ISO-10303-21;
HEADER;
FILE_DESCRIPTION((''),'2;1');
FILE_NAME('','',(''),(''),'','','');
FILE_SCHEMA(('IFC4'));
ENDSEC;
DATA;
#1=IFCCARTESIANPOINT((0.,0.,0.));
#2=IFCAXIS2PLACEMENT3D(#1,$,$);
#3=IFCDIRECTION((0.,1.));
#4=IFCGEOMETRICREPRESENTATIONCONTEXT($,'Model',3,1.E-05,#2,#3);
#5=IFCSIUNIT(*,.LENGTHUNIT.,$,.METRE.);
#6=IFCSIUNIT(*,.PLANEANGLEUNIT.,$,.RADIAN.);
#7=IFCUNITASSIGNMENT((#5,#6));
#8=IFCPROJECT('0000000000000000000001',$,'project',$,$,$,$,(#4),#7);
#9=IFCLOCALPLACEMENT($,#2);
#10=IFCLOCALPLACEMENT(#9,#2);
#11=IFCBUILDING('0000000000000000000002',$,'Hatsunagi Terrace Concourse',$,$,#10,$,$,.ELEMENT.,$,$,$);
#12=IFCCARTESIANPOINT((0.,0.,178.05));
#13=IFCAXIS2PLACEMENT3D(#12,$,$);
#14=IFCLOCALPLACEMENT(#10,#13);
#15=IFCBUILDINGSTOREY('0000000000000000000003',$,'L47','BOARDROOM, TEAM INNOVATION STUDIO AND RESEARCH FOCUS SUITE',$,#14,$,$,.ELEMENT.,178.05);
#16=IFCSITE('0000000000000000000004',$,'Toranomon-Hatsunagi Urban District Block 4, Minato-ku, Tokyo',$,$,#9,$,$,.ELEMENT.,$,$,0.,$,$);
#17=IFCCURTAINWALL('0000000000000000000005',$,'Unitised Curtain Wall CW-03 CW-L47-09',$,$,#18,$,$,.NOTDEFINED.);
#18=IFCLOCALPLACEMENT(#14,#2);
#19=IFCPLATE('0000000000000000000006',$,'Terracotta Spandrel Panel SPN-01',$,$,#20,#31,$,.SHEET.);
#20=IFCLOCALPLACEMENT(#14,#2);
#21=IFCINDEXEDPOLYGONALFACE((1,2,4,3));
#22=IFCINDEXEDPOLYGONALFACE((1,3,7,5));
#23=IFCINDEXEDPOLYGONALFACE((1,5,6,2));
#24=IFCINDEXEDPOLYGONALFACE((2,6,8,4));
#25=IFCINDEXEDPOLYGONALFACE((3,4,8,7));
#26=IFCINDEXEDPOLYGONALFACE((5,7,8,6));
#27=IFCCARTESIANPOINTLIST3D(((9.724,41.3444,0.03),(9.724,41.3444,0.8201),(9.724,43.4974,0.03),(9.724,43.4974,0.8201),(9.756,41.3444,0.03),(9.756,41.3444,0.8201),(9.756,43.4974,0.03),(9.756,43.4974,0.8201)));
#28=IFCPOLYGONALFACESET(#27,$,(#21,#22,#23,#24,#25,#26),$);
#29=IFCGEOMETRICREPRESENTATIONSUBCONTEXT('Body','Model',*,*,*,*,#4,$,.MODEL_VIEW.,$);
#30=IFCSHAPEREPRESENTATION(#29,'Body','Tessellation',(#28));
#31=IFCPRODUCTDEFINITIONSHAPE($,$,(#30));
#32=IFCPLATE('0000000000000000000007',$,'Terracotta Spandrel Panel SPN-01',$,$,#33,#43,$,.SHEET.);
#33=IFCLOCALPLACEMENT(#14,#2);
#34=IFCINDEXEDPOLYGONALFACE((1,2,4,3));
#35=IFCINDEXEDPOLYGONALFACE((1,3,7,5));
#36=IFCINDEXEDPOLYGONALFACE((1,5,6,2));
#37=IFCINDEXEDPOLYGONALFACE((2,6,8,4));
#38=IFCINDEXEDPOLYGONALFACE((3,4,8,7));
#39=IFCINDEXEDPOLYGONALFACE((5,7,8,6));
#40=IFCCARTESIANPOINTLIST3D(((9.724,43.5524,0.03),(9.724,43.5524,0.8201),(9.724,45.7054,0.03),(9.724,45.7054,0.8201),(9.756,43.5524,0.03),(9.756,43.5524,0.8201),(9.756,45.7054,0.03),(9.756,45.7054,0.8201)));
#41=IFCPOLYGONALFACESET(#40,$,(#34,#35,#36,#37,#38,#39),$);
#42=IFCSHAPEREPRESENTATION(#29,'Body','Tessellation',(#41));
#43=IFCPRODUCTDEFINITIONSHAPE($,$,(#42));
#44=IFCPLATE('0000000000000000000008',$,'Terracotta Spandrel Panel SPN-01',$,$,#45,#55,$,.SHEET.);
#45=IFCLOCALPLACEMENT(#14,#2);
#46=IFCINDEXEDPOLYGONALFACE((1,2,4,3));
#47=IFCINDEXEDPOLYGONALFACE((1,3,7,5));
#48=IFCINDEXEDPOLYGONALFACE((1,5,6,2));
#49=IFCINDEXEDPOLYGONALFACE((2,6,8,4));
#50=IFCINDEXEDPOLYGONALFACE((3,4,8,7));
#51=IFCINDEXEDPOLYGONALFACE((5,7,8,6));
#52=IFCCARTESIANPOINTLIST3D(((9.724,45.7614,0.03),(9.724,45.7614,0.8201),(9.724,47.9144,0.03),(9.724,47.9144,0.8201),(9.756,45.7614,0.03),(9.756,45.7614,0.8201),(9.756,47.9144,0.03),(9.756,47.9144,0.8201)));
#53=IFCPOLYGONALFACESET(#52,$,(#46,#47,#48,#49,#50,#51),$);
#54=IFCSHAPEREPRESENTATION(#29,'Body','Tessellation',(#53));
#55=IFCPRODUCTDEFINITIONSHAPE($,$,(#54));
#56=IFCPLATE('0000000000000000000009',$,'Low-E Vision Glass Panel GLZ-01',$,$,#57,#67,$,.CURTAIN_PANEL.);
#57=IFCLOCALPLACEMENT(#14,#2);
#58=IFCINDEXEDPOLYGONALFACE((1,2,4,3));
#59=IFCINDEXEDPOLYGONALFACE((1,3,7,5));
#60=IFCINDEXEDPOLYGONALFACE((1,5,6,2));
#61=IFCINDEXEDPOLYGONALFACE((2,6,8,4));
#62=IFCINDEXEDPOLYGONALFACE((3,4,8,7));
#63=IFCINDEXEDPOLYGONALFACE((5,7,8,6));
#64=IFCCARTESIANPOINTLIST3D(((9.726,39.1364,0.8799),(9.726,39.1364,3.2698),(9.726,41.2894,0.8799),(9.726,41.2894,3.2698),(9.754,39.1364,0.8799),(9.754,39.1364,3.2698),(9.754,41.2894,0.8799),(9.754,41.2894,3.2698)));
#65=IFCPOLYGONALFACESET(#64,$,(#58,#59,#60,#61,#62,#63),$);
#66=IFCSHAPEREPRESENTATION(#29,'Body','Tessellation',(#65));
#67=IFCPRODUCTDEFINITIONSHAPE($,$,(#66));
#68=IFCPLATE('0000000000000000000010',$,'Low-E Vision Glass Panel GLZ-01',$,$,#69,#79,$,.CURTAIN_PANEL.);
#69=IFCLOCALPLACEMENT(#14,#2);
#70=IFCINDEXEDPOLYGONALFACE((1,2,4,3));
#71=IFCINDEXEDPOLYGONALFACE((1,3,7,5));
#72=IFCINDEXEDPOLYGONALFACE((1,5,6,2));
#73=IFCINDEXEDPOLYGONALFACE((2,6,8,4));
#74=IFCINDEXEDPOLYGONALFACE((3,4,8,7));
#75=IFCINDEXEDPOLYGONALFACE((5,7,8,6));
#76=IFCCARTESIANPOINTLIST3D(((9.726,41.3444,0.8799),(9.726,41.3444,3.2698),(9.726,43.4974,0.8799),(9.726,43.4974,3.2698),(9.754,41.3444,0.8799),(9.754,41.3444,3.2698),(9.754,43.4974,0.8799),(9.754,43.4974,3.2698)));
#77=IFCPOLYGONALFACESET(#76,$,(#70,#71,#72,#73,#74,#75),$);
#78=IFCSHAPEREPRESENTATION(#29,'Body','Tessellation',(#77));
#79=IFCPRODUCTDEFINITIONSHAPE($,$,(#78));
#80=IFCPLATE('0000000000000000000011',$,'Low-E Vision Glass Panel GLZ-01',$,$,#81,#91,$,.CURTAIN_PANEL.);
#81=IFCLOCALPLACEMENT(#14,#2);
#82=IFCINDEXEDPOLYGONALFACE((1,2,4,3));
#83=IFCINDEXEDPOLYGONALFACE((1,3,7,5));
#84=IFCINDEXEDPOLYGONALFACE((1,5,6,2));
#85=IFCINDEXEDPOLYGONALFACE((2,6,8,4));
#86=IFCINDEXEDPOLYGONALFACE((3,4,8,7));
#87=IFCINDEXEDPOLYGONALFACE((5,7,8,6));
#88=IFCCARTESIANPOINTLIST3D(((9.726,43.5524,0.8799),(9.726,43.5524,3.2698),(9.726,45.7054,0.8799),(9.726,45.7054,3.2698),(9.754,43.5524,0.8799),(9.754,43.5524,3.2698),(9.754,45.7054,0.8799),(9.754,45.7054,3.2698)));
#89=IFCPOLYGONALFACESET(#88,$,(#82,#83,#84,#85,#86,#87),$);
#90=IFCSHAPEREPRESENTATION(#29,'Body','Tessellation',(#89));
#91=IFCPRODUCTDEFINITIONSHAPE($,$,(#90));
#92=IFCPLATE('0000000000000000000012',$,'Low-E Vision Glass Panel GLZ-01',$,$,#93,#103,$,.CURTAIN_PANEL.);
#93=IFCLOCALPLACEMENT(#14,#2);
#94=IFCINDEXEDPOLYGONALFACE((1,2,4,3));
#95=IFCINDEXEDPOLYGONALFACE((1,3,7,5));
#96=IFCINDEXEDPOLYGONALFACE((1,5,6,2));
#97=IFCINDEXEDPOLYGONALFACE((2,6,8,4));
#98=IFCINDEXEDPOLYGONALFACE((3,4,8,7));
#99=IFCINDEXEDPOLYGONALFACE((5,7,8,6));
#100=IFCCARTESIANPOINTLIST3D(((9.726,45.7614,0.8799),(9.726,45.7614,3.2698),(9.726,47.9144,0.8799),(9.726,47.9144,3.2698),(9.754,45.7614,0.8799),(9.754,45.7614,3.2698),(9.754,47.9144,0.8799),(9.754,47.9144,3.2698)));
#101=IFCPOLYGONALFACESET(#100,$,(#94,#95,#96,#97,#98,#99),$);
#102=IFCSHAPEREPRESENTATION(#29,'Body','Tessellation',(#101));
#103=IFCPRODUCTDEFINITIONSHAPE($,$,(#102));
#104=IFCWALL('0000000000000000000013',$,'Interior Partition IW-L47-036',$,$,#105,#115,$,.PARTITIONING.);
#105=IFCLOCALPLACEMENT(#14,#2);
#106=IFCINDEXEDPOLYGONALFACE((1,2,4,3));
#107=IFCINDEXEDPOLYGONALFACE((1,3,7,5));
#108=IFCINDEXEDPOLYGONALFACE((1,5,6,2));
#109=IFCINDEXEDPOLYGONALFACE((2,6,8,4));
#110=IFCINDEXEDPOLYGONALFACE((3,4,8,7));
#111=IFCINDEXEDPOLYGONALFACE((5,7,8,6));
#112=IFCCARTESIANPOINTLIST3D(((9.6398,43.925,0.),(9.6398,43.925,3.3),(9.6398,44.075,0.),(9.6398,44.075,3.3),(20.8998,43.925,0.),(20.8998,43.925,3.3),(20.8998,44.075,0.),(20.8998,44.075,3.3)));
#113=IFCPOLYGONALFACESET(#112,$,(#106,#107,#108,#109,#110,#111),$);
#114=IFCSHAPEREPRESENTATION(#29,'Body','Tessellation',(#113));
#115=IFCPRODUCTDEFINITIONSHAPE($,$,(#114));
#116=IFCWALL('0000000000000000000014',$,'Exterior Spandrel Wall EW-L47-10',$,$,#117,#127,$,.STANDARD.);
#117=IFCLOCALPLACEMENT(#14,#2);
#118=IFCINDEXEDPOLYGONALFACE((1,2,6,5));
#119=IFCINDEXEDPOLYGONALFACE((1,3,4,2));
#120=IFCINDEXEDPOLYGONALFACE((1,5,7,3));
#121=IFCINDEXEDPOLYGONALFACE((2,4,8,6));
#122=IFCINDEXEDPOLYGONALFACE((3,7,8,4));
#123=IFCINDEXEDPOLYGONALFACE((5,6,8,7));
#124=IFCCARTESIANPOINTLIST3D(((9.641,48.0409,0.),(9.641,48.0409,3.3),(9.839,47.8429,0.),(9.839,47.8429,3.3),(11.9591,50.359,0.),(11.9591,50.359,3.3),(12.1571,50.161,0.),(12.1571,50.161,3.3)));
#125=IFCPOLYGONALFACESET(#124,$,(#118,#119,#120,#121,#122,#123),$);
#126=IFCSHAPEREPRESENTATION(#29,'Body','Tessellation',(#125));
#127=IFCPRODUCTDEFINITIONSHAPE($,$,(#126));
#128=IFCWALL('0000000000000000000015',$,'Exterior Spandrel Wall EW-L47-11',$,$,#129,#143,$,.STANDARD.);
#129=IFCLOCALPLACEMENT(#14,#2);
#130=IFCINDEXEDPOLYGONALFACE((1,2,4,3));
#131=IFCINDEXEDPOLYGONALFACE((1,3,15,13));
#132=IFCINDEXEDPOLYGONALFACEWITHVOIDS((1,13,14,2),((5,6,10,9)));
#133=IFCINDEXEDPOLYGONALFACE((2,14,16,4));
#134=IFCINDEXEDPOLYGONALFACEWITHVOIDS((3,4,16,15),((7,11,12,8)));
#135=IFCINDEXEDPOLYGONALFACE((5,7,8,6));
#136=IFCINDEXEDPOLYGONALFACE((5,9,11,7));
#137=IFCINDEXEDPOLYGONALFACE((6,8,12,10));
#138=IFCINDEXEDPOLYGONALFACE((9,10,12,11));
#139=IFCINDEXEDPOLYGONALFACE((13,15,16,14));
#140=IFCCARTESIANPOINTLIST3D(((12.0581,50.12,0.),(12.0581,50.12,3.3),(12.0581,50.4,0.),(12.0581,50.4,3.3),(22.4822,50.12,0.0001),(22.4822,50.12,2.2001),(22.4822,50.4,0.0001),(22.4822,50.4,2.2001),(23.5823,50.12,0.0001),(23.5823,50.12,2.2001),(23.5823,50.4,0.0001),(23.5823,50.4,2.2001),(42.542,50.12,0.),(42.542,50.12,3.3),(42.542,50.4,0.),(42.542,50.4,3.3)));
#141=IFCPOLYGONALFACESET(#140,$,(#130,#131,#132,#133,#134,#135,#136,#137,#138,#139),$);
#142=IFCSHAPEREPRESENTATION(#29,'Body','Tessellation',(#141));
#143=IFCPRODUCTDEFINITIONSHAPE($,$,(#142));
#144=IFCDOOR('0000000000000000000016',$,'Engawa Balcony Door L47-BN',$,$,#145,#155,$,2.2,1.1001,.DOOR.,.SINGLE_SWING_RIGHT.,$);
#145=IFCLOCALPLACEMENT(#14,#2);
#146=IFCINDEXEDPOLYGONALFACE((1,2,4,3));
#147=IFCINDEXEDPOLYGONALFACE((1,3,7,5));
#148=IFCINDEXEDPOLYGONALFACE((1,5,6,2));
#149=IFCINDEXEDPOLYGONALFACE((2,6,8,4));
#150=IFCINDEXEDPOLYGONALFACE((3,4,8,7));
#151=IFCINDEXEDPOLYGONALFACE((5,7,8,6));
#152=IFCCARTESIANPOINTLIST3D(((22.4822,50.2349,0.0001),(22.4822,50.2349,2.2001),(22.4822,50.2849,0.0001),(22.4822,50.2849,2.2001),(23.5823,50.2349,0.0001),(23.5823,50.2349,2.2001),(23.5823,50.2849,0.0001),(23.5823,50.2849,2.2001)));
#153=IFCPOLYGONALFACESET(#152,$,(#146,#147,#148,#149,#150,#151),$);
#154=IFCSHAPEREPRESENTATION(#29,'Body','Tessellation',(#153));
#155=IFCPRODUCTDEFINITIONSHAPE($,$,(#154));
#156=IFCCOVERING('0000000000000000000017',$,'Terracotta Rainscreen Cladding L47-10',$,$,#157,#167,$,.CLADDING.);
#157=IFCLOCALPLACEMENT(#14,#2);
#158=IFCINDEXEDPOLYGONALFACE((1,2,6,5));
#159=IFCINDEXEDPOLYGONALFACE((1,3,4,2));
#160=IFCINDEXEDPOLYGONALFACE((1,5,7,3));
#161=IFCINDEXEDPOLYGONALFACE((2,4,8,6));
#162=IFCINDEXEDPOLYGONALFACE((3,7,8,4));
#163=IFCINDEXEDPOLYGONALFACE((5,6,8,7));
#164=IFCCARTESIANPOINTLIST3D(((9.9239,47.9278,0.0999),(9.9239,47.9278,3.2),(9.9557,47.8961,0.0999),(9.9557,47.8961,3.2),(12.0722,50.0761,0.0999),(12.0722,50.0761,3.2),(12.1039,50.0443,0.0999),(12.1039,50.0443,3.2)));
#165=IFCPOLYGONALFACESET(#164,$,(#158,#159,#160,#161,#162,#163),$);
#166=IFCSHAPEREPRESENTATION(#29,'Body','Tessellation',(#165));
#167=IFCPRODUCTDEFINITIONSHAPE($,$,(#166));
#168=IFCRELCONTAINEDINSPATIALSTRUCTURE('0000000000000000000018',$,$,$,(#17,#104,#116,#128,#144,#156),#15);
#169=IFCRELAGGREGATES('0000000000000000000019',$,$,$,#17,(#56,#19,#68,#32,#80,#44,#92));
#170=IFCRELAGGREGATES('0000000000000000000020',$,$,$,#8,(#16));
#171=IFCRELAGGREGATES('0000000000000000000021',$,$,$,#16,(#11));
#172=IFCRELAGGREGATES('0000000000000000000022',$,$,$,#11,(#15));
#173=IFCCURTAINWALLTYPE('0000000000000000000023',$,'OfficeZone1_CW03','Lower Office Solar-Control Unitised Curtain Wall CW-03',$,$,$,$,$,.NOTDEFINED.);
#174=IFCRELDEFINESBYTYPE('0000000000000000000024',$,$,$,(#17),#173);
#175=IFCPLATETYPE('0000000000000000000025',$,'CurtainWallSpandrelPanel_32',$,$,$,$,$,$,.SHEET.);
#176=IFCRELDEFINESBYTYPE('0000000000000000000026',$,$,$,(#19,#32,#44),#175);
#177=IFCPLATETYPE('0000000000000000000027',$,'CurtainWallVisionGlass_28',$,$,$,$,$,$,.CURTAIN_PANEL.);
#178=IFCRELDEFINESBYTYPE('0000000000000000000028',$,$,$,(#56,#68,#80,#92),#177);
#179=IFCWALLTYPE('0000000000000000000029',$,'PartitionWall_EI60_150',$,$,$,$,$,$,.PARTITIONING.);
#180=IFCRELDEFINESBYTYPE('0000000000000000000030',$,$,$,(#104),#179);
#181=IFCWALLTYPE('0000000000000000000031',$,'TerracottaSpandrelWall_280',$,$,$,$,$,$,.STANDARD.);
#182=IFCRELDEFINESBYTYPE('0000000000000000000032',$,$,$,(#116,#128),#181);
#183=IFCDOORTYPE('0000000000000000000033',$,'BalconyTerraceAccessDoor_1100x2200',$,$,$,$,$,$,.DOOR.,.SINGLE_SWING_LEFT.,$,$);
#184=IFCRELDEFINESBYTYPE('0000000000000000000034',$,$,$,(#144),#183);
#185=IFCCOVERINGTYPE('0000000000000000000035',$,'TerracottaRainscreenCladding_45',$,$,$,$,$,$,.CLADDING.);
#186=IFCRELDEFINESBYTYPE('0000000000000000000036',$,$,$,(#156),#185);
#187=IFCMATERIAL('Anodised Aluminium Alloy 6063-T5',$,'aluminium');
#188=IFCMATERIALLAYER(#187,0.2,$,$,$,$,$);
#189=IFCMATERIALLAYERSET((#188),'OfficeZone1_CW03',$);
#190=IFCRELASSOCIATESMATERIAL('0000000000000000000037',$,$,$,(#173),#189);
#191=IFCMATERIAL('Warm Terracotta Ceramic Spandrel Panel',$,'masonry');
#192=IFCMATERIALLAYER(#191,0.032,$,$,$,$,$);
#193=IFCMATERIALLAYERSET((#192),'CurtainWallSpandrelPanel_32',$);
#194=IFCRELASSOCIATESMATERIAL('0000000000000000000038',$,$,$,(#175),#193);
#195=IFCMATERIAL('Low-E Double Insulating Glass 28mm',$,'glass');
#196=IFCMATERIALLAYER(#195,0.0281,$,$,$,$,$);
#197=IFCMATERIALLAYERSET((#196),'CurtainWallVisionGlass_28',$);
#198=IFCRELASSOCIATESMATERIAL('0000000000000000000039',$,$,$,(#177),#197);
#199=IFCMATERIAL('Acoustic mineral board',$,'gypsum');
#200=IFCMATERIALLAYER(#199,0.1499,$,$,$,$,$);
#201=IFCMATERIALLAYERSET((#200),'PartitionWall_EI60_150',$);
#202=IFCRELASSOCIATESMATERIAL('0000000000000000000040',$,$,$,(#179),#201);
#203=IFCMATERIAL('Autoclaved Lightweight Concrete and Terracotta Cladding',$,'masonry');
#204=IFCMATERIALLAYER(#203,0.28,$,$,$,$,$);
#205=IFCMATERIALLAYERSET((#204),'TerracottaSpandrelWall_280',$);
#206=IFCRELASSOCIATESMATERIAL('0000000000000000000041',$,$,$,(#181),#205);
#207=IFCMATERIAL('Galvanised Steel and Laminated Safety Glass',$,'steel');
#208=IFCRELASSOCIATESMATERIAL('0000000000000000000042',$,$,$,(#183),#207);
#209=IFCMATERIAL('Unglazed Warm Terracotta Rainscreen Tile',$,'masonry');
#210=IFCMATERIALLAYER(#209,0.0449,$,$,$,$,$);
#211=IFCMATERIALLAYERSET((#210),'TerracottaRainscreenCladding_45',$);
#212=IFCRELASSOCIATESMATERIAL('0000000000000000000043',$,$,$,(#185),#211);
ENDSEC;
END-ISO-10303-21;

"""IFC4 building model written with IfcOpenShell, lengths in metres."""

from ifc_helpers import new_model, si_unit, direction, frame, frame_2d, origin, origin_2d, place, context, subcontext, project, spatial, rectangle, extrude, material, layer, layer_set, type_object, element, fill, aggregate, save


model = new_model("IFC4")

# Units and contexts
model_context = context("Model", 3, precision=1e-05, world=origin(), true_north=direction((0.0, 1.0)))
body_context = subcontext(model_context, "Body", "Model", "MODEL_VIEW")
ifc_project = project(units=[si_unit("LENGTHUNIT", "METRE"), si_unit("PLANEANGLEUNIT", "RADIAN")], contexts=[model_context])

# Site, building, storey
site_placement = place(None, origin())
site = spatial("IfcSite", under=ifc_project, at=site_placement, Name="Toranomon-Hatsunagi Urban District Block 4, Minato-ku, Tokyo", CompositionType="ELEMENT", RefElevation=0.0)
building_placement = place(site_placement, origin())
building = spatial("IfcBuilding", under=site, at=building_placement, Name="Hatsunagi Terrace Concourse", CompositionType="ELEMENT")
storey_placement = place(building_placement, frame((0.0, 0.0, 178.05)))
storey = spatial("IfcBuildingStorey", under=building, at=storey_placement, Name="L47", Description="BOARDROOM, TEAM INNOVATION STUDIO AND RESEARCH FOCUS SUITE", CompositionType="ELEMENT", Elevation=178.05)

# Curtain wall
ifc_material_1 = material(Name="Anodised Aluminium Alloy 6063-T5", Category="aluminium")
ifc_layer_1 = layer(ifc_material_1, 0.2)
ifc_layer_set_1 = layer_set([ifc_layer_1], Name="OfficeZone1_CW03")
curtain_wall_type = type_object("IfcCurtainWallType", Name="OfficeZone1_CW03", Description="Lower Office Solar-Control Unitised Curtain Wall CW-03", PredefinedType="NOTDEFINED", material=ifc_layer_set_1)
curtain_wall_placement = place(storey_placement, origin())
curtain_wall = element("IfcCurtainWall", 1, at=curtain_wall_placement, inside=storey, type_object=curtain_wall_type, Name="Unitised Curtain Wall CW-03 CW-L47-09", PredefinedType="NOTDEFINED")

# Plates
ifc_material_2 = material(Name="Warm Terracotta Ceramic Spandrel Panel", Category="masonry")
ifc_layer_2 = layer(ifc_material_2, 0.032)
ifc_layer_set_2 = layer_set([ifc_layer_2], Name="CurtainWallSpandrelPanel_32")
plate_type_1 = type_object("IfcPlateType", Name="CurtainWallSpandrelPanel_32", PredefinedType="SHEET", material=ifc_layer_set_2)
plate_1_placement = place(storey_placement, frame((9.74, 42.4209, 0.03), z_axis=(0.0, 0.0, 1.0), x_axis=(0.0, 1.0, 0.0)))
plate_1 = element("IfcPlate", 2, at=plate_1_placement, type_object=plate_type_1, Name="Terracotta Spandrel Panel SPN-01", PredefinedType="SHEET", context=body_context, shape_type="SweptSolid", body=[
    extrude(rectangle(XDim=2.1531, YDim=0.032, at=origin_2d()), origin(), (0.0, 0.0, 1.0), 0.79),
])
plate_2_placement = place(storey_placement, frame((9.74, 44.6289, 0.03), z_axis=(0.0, 0.0, 1.0), x_axis=(0.0, 1.0, 0.0)))
plate_2 = element("IfcPlate", 3, at=plate_2_placement, type_object=plate_type_1, Name="Terracotta Spandrel Panel SPN-01", PredefinedType="SHEET", context=body_context, shape_type="SweptSolid", body=[
    extrude(rectangle(XDim=2.1531, YDim=0.032, at=origin_2d()), origin(), (0.0, 0.0, 1.0), 0.79),
])
plate_3_placement = place(storey_placement, frame((9.74, 46.8379, 0.03), z_axis=(0.0, 0.0, 1.0), x_axis=(0.0, 1.0, 0.0)))
plate_3 = element("IfcPlate", 4, at=plate_3_placement, type_object=plate_type_1, Name="Terracotta Spandrel Panel SPN-01", PredefinedType="SHEET", context=body_context, shape_type="SweptSolid", body=[
    extrude(rectangle(XDim=2.1531, YDim=0.032, at=origin_2d()), origin(), (0.0, 0.0, 1.0), 0.79),
])
ifc_material_3 = material(Name="Low-E Double Insulating Glass 28mm", Category="glass")
ifc_layer_3 = layer(ifc_material_3, 0.0281)
ifc_layer_set_3 = layer_set([ifc_layer_3], Name="CurtainWallVisionGlass_28")
plate_type_2 = type_object("IfcPlateType", Name="CurtainWallVisionGlass_28", PredefinedType="CURTAIN_PANEL", material=ifc_layer_set_3)
plate_4_placement = place(storey_placement, frame((9.74, 40.2129, 0.8799), z_axis=(0.0, 0.0, 1.0), x_axis=(0.0, 1.0, 0.0)))
plate_4 = element("IfcPlate", 5, at=plate_4_placement, type_object=plate_type_2, Name="Low-E Vision Glass Panel GLZ-01", PredefinedType="CURTAIN_PANEL", context=body_context, shape_type="SweptSolid", body=[
    extrude(rectangle(XDim=2.1531, YDim=0.0281, at=origin_2d()), origin(), (0.0, 0.0, 1.0), 2.3899),
])
plate_5_placement = place(storey_placement, frame((9.74, 42.4209, 0.8799), z_axis=(0.0, 0.0, 1.0), x_axis=(0.0, 1.0, 0.0)))
plate_5 = element("IfcPlate", 6, at=plate_5_placement, type_object=plate_type_2, Name="Low-E Vision Glass Panel GLZ-01", PredefinedType="CURTAIN_PANEL", context=body_context, shape_type="SweptSolid", body=[
    extrude(rectangle(XDim=2.1531, YDim=0.0281, at=origin_2d()), origin(), (0.0, 0.0, 1.0), 2.3899),
])
plate_6_placement = place(storey_placement, frame((9.74, 44.6289, 0.8799), z_axis=(0.0, 0.0, 1.0), x_axis=(0.0, 1.0, 0.0)))
plate_6 = element("IfcPlate", 7, at=plate_6_placement, type_object=plate_type_2, Name="Low-E Vision Glass Panel GLZ-01", PredefinedType="CURTAIN_PANEL", context=body_context, shape_type="SweptSolid", body=[
    extrude(rectangle(XDim=2.1531, YDim=0.0281, at=origin_2d()), origin(), (0.0, 0.0, 1.0), 2.3899),
])
plate_7_placement = place(storey_placement, frame((9.74, 46.8379, 0.8799), z_axis=(0.0, 0.0, 1.0), x_axis=(0.0, 1.0, 0.0)))
plate_7 = element("IfcPlate", 8, at=plate_7_placement, type_object=plate_type_2, Name="Low-E Vision Glass Panel GLZ-01", PredefinedType="CURTAIN_PANEL", context=body_context, shape_type="SweptSolid", body=[
    extrude(rectangle(XDim=2.1531, YDim=0.0281, at=origin_2d()), origin(), (0.0, 0.0, 1.0), 2.3899),
])
aggregate(curtain_wall, [plate_4, plate_1, plate_5, plate_2, plate_6, plate_3, plate_7])

# Walls
ifc_material_4 = material(Name="Acoustic mineral board", Category="gypsum")
ifc_layer_4 = layer(ifc_material_4, 0.1499)
ifc_layer_set_4 = layer_set([ifc_layer_4], Name="PartitionWall_EI60_150")
wall_type_1 = type_object("IfcWallType", Name="PartitionWall_EI60_150", PredefinedType="PARTITIONING", material=ifc_layer_set_4)
wall_1_placement = place(storey_placement, frame((9.6399, 44.0, 0.0), z_axis=(0.0, 0.0, 1.0), x_axis=(1.0, 0.0, 0.0)))
element("IfcWall", 9, at=wall_1_placement, inside=storey, type_object=wall_type_1, Name="Interior Partition IW-L47-036", PredefinedType="PARTITIONING", context=body_context, shape_type="SweptSolid", body=[
    extrude(rectangle(XDim=11.26, YDim=0.1499, at=frame_2d((5.6299, 0.0))), origin(), (0.0, 0.0, 1.0), 3.3),
])
ifc_material_5 = material(Name="Autoclaved Lightweight Concrete and Terracotta Cladding", Category="masonry")
ifc_layer_5 = layer(ifc_material_5, 0.28)
ifc_layer_set_5 = layer_set([ifc_layer_5], Name="TerracottaSpandrelWall_280")
wall_type_2 = type_object("IfcWallType", Name="TerracottaSpandrelWall_280", PredefinedType="STANDARD", material=ifc_layer_set_5)
wall_2_placement = place(storey_placement, frame((9.74, 47.9419, 0.0), z_axis=(0.0, 0.0, 1.0), x_axis=(0.707107, 0.707107, 0.0)))
element("IfcWall", 10, at=wall_2_placement, inside=storey, type_object=wall_type_2, Name="Exterior Spandrel Wall EW-L47-10", PredefinedType="STANDARD", context=body_context, shape_type="SweptSolid", body=[
    extrude(rectangle(XDim=3.2783, YDim=0.28, at=frame_2d((1.6392, 0.0))), origin(), (0.0, 0.0, 1.0), 3.3),
])

# Wall, opening, door
wall_3_placement = place(storey_placement, frame((12.0581, 50.26, 0.0), z_axis=(0.0, 0.0, 1.0), x_axis=(1.0, 0.0, 0.0)))
wall_3 = element("IfcWall", 11, at=wall_3_placement, inside=storey, type_object=wall_type_2, Name="Exterior Spandrel Wall EW-L47-11", PredefinedType="STANDARD", context=body_context, shape_type="SweptSolid", body=[
    extrude(rectangle(XDim=30.4839, YDim=0.28, at=frame_2d((15.2419, 0.0))), origin(), (0.0, 0.0, 1.0), 3.3),
])
opening_placement = place(wall_3_placement, frame((10.4241, 0.0, 0.0)))
opening = element("IfcOpeningElement", 12, at=opening_placement, cuts=wall_3, PredefinedType="OPENING", context=body_context, shape_type="SweptSolid", body=[
    extrude(rectangle(XDim=1.1001, YDim=2.2, at=frame_2d((0.55, 1.1001))), frame((0.0, 0.1499, 0.0), z_axis=(0.0, -1.0, 0.0), x_axis=(1.0, 0.0, 0.0)), (0.0, 0.0, 1.0), 0.3),
])
ifc_material_6 = material(Name="Galvanised Steel and Laminated Safety Glass", Category="steel")
door_type = type_object("IfcDoorType", Name="BalconyTerraceAccessDoor_1100x2200", OperationType="SINGLE_SWING_LEFT", PredefinedType="DOOR", material=ifc_material_6)
door_placement = place(opening_placement, origin())
door = element("IfcDoor", 13, at=door_placement, inside=storey, type_object=door_type, Name="Engawa Balcony Door L47-BN", OperationType="SINGLE_SWING_RIGHT", OverallHeight=2.2, OverallWidth=1.1001, PredefinedType="DOOR", context=body_context, shape_type="SweptSolid", body=[
    extrude(rectangle(XDim=1.1001, YDim=2.2, at=frame_2d((0.55, 1.1001))), frame((0.0, 0.0249, 0.0), z_axis=(0.0, -1.0, 0.0), x_axis=(1.0, 0.0, 0.0)), (0.0, 0.0, 1.0), 0.05),
])
fill(opening, door)

# Covering
ifc_material_7 = material(Name="Unglazed Warm Terracotta Rainscreen Tile", Category="masonry")
ifc_layer_6 = layer(ifc_material_7, 0.0449)
ifc_layer_set_6 = layer_set([ifc_layer_6], Name="TerracottaRainscreenCladding_45")
covering_type = type_object("IfcCoveringType", Name="TerracottaRainscreenCladding_45", PredefinedType="CLADDING", material=ifc_layer_set_6)
covering_placement = place(storey_placement, frame((11.0139, 48.9861, 0.0999), z_axis=(0.0, 0.0, 1.0), x_axis=(0.707107, 0.707107, 0.0)))
element("IfcCovering", 14, at=covering_placement, inside=storey, type_object=covering_type, Name="Terracotta Rainscreen Cladding L47-10", PredefinedType="CLADDING", context=body_context, shape_type="SweptSolid", body=[
    extrude(rectangle(XDim=3.0381, YDim=0.0449, at=origin_2d()), origin(), (0.0, 0.0, 1.0), 3.1001),
])

save(model, "model.ifc")
